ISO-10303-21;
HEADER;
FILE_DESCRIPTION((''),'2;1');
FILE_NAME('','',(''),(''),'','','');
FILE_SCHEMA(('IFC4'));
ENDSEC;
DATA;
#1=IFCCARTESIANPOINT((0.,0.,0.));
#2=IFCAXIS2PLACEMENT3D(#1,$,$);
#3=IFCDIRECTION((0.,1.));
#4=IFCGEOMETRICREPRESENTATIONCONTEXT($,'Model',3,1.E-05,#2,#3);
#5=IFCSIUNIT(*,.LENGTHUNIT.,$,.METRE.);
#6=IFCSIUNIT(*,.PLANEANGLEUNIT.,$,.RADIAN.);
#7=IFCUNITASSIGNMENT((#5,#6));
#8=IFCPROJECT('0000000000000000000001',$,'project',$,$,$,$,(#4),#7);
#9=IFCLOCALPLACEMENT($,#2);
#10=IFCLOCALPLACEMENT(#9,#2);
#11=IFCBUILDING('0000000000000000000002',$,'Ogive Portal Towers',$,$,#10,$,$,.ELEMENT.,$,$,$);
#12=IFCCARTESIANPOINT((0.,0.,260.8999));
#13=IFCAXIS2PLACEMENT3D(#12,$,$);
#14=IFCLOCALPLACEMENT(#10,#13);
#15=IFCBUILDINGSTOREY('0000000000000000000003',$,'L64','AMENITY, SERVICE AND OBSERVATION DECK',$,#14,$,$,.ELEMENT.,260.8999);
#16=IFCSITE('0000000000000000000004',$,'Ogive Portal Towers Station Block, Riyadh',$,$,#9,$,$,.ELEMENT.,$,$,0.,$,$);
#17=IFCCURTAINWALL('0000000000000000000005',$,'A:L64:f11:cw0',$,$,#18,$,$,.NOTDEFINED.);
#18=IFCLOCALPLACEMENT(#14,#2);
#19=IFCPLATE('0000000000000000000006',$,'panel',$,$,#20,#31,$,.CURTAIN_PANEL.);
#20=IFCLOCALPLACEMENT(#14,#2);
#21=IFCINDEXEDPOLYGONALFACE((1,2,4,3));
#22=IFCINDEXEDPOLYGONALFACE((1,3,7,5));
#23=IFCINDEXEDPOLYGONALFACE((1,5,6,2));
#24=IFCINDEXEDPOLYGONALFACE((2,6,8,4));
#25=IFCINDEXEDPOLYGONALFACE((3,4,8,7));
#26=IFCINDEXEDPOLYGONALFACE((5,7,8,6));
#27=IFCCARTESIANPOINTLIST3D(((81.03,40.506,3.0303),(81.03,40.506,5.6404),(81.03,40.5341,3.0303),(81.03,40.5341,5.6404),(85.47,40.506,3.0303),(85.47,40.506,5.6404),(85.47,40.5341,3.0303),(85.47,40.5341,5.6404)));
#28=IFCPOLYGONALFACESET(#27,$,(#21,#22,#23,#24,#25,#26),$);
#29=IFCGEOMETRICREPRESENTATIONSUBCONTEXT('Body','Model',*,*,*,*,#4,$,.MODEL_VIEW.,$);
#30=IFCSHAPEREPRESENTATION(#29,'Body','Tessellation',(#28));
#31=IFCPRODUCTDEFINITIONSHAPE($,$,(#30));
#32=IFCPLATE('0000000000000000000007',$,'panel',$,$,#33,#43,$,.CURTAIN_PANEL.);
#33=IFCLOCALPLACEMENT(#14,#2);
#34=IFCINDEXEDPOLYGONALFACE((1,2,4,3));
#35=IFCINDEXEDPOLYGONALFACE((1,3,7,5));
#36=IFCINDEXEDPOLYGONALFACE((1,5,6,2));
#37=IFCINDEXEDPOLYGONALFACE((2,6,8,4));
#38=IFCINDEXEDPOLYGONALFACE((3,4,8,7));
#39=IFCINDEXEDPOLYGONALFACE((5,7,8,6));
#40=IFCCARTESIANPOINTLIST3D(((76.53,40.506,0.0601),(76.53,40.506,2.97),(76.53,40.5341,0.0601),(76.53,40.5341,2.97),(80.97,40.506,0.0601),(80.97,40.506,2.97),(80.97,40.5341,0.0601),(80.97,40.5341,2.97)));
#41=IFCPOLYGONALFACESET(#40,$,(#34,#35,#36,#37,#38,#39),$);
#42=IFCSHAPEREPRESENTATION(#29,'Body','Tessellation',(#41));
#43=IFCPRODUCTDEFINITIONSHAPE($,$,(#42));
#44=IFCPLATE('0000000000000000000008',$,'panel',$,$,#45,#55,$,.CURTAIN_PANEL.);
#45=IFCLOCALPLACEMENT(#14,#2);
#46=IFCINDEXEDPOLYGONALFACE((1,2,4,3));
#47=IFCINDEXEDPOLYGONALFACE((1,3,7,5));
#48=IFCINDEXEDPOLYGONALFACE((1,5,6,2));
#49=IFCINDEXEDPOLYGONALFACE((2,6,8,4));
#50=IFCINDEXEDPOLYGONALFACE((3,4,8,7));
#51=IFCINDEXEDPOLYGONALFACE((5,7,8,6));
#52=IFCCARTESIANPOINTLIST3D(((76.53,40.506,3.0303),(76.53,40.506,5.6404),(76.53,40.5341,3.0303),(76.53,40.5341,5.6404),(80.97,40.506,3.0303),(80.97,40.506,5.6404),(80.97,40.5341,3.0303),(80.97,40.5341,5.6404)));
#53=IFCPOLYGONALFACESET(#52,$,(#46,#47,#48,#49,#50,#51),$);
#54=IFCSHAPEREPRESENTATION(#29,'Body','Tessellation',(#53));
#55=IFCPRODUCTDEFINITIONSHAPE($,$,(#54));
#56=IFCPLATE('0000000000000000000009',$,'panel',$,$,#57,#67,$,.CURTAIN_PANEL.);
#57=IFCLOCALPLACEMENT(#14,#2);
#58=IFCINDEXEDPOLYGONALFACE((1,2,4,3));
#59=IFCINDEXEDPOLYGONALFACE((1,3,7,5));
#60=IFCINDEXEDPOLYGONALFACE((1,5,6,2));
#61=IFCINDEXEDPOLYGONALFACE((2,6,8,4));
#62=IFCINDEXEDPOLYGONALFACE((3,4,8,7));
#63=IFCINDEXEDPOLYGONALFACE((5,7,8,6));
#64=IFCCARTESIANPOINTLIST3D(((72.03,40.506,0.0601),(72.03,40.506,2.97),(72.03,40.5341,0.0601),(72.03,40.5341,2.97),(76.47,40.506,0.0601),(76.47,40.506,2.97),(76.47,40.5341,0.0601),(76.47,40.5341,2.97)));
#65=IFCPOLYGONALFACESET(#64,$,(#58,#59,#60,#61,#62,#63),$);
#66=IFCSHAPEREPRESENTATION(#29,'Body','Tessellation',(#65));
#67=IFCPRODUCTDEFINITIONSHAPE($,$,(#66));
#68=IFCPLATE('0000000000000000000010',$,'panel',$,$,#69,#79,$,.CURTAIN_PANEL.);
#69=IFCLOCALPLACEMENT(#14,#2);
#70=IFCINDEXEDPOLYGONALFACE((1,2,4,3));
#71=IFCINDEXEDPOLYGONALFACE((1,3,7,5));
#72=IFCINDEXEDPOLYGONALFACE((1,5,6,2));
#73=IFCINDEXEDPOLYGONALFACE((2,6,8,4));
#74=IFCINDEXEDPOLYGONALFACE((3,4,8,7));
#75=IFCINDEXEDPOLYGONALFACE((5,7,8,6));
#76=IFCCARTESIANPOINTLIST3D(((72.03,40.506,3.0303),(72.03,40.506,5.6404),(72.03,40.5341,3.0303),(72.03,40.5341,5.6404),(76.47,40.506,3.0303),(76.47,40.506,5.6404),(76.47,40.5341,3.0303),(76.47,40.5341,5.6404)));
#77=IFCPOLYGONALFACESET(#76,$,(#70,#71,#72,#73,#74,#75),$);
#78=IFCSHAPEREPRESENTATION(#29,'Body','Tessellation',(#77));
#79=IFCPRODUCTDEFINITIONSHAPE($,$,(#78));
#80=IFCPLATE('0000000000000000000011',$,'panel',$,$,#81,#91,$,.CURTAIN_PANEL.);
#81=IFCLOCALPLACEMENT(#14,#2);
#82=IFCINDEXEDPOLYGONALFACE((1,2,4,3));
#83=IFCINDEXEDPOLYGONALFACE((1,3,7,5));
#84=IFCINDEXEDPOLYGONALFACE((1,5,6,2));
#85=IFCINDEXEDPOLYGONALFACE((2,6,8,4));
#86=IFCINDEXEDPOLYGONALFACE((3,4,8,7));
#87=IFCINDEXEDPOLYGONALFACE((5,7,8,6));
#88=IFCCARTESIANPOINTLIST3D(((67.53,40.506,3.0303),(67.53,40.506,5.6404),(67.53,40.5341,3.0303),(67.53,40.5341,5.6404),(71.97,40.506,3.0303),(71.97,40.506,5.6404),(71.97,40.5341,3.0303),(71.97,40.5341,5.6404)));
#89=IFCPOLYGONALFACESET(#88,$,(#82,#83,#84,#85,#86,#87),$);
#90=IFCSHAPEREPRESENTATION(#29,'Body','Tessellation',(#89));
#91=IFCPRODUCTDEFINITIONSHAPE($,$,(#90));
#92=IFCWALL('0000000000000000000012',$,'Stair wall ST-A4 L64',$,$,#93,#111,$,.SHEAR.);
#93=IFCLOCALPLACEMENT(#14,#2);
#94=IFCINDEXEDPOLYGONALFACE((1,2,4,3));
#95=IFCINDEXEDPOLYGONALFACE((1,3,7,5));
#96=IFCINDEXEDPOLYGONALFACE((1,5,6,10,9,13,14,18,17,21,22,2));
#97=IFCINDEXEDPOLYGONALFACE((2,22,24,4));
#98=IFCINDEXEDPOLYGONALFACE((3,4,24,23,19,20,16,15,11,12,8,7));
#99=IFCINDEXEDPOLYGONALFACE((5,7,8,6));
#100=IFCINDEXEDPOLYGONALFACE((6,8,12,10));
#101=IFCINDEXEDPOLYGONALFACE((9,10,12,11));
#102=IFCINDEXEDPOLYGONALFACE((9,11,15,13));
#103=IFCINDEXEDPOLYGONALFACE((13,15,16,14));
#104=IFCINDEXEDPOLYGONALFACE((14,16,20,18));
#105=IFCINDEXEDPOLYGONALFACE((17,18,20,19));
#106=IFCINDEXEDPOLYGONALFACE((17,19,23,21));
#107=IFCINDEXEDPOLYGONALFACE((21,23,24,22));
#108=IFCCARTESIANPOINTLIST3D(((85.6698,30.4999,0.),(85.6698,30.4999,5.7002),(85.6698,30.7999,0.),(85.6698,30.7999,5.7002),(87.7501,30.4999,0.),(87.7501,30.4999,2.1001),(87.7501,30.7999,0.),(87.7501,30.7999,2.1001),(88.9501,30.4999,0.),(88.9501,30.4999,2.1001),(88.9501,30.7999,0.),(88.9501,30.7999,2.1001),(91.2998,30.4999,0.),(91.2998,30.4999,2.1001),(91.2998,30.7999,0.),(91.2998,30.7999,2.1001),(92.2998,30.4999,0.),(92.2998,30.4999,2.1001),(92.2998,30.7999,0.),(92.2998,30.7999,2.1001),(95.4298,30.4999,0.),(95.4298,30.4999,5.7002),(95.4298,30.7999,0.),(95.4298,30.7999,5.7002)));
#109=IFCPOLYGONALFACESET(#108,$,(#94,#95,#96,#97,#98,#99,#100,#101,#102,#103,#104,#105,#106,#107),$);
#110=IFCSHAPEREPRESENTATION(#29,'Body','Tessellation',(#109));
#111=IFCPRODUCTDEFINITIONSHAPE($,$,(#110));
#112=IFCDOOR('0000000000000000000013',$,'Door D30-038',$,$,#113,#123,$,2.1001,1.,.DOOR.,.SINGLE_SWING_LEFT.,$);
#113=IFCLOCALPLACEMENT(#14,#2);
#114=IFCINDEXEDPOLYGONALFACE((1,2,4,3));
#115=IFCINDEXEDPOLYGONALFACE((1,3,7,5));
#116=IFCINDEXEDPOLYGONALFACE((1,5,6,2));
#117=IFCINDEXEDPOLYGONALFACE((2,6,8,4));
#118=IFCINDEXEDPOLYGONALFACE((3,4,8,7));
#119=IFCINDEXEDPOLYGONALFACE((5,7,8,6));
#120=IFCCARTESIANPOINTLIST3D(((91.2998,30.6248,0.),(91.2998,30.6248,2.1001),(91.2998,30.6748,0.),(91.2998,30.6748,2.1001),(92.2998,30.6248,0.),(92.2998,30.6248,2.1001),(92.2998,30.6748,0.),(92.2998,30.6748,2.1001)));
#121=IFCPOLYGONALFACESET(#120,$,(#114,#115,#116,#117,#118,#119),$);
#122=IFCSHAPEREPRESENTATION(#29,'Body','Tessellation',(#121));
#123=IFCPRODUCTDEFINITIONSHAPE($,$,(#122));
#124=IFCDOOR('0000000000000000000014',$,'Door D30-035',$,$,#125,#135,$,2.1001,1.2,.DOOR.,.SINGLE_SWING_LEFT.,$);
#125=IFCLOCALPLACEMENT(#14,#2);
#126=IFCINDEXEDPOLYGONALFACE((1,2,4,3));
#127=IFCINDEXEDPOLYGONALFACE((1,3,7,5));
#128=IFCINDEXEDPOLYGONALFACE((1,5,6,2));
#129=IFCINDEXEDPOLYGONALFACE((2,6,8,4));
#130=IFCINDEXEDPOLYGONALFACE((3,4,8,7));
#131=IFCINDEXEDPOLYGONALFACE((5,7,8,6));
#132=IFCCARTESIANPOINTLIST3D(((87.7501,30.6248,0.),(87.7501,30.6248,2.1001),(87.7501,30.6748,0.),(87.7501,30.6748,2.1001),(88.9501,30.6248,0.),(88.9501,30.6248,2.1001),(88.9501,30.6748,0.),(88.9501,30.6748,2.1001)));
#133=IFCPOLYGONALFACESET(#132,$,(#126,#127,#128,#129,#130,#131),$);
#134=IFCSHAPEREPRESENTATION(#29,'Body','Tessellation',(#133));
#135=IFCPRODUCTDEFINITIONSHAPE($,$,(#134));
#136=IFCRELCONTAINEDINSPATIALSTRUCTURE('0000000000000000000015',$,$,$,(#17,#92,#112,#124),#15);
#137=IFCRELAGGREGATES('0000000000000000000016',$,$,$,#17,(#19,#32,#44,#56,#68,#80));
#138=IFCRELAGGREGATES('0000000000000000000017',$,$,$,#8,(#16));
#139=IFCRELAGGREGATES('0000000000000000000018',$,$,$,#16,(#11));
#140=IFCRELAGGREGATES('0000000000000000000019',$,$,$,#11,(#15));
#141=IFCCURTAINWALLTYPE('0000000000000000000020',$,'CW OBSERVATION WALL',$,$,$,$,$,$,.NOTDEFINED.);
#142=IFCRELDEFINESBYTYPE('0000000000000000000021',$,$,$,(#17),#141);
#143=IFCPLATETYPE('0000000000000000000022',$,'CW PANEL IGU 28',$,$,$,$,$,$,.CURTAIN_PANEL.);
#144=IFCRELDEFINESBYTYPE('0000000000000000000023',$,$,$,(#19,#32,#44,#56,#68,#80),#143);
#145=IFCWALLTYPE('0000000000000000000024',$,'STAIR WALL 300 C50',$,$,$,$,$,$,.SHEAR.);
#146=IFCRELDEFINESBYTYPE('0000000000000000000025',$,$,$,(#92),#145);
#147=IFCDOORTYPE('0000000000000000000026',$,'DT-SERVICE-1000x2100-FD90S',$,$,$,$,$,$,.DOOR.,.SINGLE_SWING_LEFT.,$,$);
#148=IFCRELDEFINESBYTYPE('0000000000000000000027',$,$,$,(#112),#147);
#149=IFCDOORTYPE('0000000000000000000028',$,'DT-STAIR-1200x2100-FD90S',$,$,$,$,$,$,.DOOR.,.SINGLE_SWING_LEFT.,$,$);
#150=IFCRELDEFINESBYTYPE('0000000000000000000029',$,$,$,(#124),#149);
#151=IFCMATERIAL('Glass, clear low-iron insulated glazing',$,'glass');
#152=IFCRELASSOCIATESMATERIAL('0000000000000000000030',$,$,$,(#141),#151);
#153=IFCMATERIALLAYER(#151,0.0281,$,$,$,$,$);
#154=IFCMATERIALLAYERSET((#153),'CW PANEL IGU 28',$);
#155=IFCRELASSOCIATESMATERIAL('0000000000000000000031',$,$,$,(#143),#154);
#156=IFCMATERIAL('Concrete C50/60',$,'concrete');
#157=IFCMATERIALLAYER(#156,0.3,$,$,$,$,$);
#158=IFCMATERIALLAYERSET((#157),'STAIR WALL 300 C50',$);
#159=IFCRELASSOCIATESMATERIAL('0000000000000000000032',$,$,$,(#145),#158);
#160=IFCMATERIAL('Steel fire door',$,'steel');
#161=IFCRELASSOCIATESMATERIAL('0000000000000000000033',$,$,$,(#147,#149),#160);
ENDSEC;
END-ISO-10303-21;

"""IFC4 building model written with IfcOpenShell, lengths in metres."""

from ifc_helpers import new_model, si_unit, direction, frame, frame_2d, origin, origin_2d, place, context, subcontext, project, spatial, rectangle, extrude, material, layer, layer_set, type_object, element, fill, aggregate, save


model = new_model("IFC4")

# Units and contexts
model_context = context("Model", 3, precision=1e-05, world=origin(), true_north=direction((0.0, 1.0)))
body_context = subcontext(model_context, "Body", "Model", "MODEL_VIEW")
ifc_project = project(units=[si_unit("LENGTHUNIT", "METRE"), si_unit("PLANEANGLEUNIT", "RADIAN")], contexts=[model_context])

# Site, building, storey
site_placement = place(None, origin())
site = spatial("IfcSite", under=ifc_project, at=site_placement, Name="Ogive Portal Towers Station Block, Riyadh", CompositionType="ELEMENT", RefElevation=0.0)
building_placement = place(site_placement, origin())
building = spatial("IfcBuilding", under=site, at=building_placement, Name="Ogive Portal Towers", CompositionType="ELEMENT")
storey_placement = place(building_placement, frame((0.0, 0.0, 260.8999)))
storey = spatial("IfcBuildingStorey", under=building, at=storey_placement, Name="L64", Description="AMENITY, SERVICE AND OBSERVATION DECK", CompositionType="ELEMENT", Elevation=260.8999)

# Curtain wall, plates
ifc_material_1 = material(Name="Glass, clear low-iron insulated glazing", Category="glass")
curtain_wall_type = type_object("IfcCurtainWallType", Name="CW OBSERVATION WALL", PredefinedType="NOTDEFINED", material=ifc_material_1)
curtain_wall_placement = place(storey_placement, origin())
curtain_wall = element("IfcCurtainWall", 1, at=curtain_wall_placement, inside=storey, type_object=curtain_wall_type, Name="A:L64:f11:cw0", PredefinedType="NOTDEFINED")
ifc_layer_1 = layer(ifc_material_1, 0.0281)
ifc_layer_set_1 = layer_set([ifc_layer_1], Name="CW PANEL IGU 28")
plate_type = type_object("IfcPlateType", Name="CW PANEL IGU 28", PredefinedType="CURTAIN_PANEL", material=ifc_layer_set_1)
plate_1_placement = place(storey_placement, frame((83.25, 40.52, 3.0303), z_axis=(0.0, 0.0, 1.0), x_axis=(-1.0, 0.0, 0.0)))
plate_1 = element("IfcPlate", 2, at=plate_1_placement, type_object=plate_type, Name="panel", PredefinedType="CURTAIN_PANEL", context=body_context, shape_type="SweptSolid", body=[
    extrude(rectangle(XDim=4.4399, YDim=0.0281, at=origin_2d()), origin(), (0.0, 0.0, 1.0), 2.6101),
])
plate_2_placement = place(storey_placement, frame((78.75, 40.52, 0.0601), z_axis=(0.0, 0.0, 1.0), x_axis=(-1.0, 0.0, 0.0)))
plate_2 = element("IfcPlate", 3, at=plate_2_placement, type_object=plate_type, Name="panel", PredefinedType="CURTAIN_PANEL", context=body_context, shape_type="SweptSolid", body=[
    extrude(rectangle(XDim=4.4399, YDim=0.0281, at=origin_2d()), origin(), (0.0, 0.0, 1.0), 2.9099),
])
plate_3_placement = place(storey_placement, frame((78.75, 40.52, 3.0303), z_axis=(0.0, 0.0, 1.0), x_axis=(-1.0, 0.0, 0.0)))
plate_3 = element("IfcPlate", 4, at=plate_3_placement, type_object=plate_type, Name="panel", PredefinedType="CURTAIN_PANEL", context=body_context, shape_type="SweptSolid", body=[
    extrude(rectangle(XDim=4.4399, YDim=0.0281, at=origin_2d()), origin(), (0.0, 0.0, 1.0), 2.6101),
])
plate_4_placement = place(storey_placement, frame((74.25, 40.52, 0.0601), z_axis=(0.0, 0.0, 1.0), x_axis=(-1.0, 0.0, 0.0)))
plate_4 = element("IfcPlate", 5, at=plate_4_placement, type_object=plate_type, Name="panel", PredefinedType="CURTAIN_PANEL", context=body_context, shape_type="SweptSolid", body=[
    extrude(rectangle(XDim=4.4399, YDim=0.0281, at=origin_2d()), origin(), (0.0, 0.0, 1.0), 2.9099),
])
plate_5_placement = place(storey_placement, frame((74.25, 40.52, 3.0303), z_axis=(0.0, 0.0, 1.0), x_axis=(-1.0, 0.0, 0.0)))
plate_5 = element("IfcPlate", 6, at=plate_5_placement, type_object=plate_type, Name="panel", PredefinedType="CURTAIN_PANEL", context=body_context, shape_type="SweptSolid", body=[
    extrude(rectangle(XDim=4.4399, YDim=0.0281, at=origin_2d()), origin(), (0.0, 0.0, 1.0), 2.6101),
])
plate_6_placement = place(storey_placement, frame((69.75, 40.52, 3.0303), z_axis=(0.0, 0.0, 1.0), x_axis=(-1.0, 0.0, 0.0)))
plate_6 = element("IfcPlate", 7, at=plate_6_placement, type_object=plate_type, Name="panel", PredefinedType="CURTAIN_PANEL", context=body_context, shape_type="SweptSolid", body=[
    extrude(rectangle(XDim=4.4399, YDim=0.0281, at=origin_2d()), origin(), (0.0, 0.0, 1.0), 2.6101),
])
aggregate(curtain_wall, [plate_1, plate_2, plate_3, plate_4, plate_5, plate_6])

# Wall, openings, doors
ifc_material_2 = material(Name="Concrete C50/60", Category="concrete")
ifc_layer_2 = layer(ifc_material_2, 0.3)
ifc_layer_set_2 = layer_set([ifc_layer_2], Name="STAIR WALL 300 C50")
wall_type_1 = type_object("IfcWallType", Name="STAIR WALL 300 C50", PredefinedType="SHEAR", material=ifc_layer_set_2)
wall_1_placement = place(storey_placement, frame((85.6699, 30.6499, 0.0), z_axis=(0.0, 0.0, 1.0), x_axis=(1.0, 0.0, 0.0)))
wall_1 = element("IfcWall", 8, at=wall_1_placement, inside=storey, type_object=wall_type_1, Name="Stair wall ST-A4 L64", PredefinedType="SHEAR", context=body_context, shape_type="SweptSolid", body=[
    extrude(rectangle(XDim=9.76, YDim=0.3, at=frame_2d((4.8799, 0.0))), origin(), (0.0, 0.0, 1.0), 5.7002),
])
opening_1_placement = place(wall_1_placement, frame((2.0801, 0.0, 0.0)))
opening_1 = element("IfcOpeningElement", 9, at=opening_1_placement, cuts=wall_1, PredefinedType="OPENING", context=body_context, shape_type="SweptSolid", body=[
    extrude(rectangle(XDim=1.2, YDim=2.1001, at=frame_2d((0.6001, 1.05))), frame((0.0, 0.1602, 0.0), z_axis=(0.0, -1.0, 0.0), x_axis=(1.0, 0.0, 0.0)), (0.0, 0.0, 1.0), 0.3201),
])
opening_2_placement = place(wall_1_placement, frame((5.6299, 0.0, 0.0)))
opening_2 = element("IfcOpeningElement", 10, at=opening_2_placement, cuts=wall_1, PredefinedType="OPENING", context=body_context, shape_type="SweptSolid", body=[
    extrude(rectangle(XDim=1.0, YDim=2.1001, at=frame_2d((0.5, 1.05))), frame((0.0, 0.1602, 0.0), z_axis=(0.0, -1.0, 0.0), x_axis=(1.0, 0.0, 0.0)), (0.0, 0.0, 1.0), 0.3201),
])
ifc_material_3 = material(Name="Steel fire door", Category="steel")
door_type_1 = type_object("IfcDoorType", Name="DT-SERVICE-1000x2100-FD90S", OperationType="SINGLE_SWING_LEFT", PredefinedType="DOOR", material=ifc_material_3)
door_1_placement = place(opening_2_placement, origin())
door_1 = element("IfcDoor", 11, at=door_1_placement, inside=storey, type_object=door_type_1, Name="Door D30-038", OperationType="SINGLE_SWING_LEFT", OverallHeight=2.1001, OverallWidth=1.0, PredefinedType="DOOR", context=body_context, shape_type="SweptSolid", body=[
    extrude(rectangle(XDim=1.0, YDim=2.1001, at=frame_2d((0.5, 1.05))), frame((0.0, 0.0249, 0.0), z_axis=(0.0, -1.0, 0.0), x_axis=(1.0, 0.0, 0.0)), (0.0, 0.0, 1.0), 0.05),
])
fill(opening_2, door_1)
door_type_2 = type_object("IfcDoorType", Name="DT-STAIR-1200x2100-FD90S", OperationType="SINGLE_SWING_LEFT", PredefinedType="DOOR", material=ifc_material_3)
door_2_placement = place(opening_1_placement, origin())
door_2 = element("IfcDoor", 12, at=door_2_placement, inside=storey, type_object=door_type_2, Name="Door D30-035", OperationType="SINGLE_SWING_LEFT", OverallHeight=2.1001, OverallWidth=1.2, PredefinedType="DOOR", context=body_context, shape_type="SweptSolid", body=[
    extrude(rectangle(XDim=1.2, YDim=2.1001, at=frame_2d((0.6001, 1.05))), frame((0.0, 0.0249, 0.0), z_axis=(0.0, -1.0, 0.0), x_axis=(1.0, 0.0, 0.0)), (0.0, 0.0, 1.0), 0.05),
])
fill(opening_1, door_2)

save(model, "model.ifc")
